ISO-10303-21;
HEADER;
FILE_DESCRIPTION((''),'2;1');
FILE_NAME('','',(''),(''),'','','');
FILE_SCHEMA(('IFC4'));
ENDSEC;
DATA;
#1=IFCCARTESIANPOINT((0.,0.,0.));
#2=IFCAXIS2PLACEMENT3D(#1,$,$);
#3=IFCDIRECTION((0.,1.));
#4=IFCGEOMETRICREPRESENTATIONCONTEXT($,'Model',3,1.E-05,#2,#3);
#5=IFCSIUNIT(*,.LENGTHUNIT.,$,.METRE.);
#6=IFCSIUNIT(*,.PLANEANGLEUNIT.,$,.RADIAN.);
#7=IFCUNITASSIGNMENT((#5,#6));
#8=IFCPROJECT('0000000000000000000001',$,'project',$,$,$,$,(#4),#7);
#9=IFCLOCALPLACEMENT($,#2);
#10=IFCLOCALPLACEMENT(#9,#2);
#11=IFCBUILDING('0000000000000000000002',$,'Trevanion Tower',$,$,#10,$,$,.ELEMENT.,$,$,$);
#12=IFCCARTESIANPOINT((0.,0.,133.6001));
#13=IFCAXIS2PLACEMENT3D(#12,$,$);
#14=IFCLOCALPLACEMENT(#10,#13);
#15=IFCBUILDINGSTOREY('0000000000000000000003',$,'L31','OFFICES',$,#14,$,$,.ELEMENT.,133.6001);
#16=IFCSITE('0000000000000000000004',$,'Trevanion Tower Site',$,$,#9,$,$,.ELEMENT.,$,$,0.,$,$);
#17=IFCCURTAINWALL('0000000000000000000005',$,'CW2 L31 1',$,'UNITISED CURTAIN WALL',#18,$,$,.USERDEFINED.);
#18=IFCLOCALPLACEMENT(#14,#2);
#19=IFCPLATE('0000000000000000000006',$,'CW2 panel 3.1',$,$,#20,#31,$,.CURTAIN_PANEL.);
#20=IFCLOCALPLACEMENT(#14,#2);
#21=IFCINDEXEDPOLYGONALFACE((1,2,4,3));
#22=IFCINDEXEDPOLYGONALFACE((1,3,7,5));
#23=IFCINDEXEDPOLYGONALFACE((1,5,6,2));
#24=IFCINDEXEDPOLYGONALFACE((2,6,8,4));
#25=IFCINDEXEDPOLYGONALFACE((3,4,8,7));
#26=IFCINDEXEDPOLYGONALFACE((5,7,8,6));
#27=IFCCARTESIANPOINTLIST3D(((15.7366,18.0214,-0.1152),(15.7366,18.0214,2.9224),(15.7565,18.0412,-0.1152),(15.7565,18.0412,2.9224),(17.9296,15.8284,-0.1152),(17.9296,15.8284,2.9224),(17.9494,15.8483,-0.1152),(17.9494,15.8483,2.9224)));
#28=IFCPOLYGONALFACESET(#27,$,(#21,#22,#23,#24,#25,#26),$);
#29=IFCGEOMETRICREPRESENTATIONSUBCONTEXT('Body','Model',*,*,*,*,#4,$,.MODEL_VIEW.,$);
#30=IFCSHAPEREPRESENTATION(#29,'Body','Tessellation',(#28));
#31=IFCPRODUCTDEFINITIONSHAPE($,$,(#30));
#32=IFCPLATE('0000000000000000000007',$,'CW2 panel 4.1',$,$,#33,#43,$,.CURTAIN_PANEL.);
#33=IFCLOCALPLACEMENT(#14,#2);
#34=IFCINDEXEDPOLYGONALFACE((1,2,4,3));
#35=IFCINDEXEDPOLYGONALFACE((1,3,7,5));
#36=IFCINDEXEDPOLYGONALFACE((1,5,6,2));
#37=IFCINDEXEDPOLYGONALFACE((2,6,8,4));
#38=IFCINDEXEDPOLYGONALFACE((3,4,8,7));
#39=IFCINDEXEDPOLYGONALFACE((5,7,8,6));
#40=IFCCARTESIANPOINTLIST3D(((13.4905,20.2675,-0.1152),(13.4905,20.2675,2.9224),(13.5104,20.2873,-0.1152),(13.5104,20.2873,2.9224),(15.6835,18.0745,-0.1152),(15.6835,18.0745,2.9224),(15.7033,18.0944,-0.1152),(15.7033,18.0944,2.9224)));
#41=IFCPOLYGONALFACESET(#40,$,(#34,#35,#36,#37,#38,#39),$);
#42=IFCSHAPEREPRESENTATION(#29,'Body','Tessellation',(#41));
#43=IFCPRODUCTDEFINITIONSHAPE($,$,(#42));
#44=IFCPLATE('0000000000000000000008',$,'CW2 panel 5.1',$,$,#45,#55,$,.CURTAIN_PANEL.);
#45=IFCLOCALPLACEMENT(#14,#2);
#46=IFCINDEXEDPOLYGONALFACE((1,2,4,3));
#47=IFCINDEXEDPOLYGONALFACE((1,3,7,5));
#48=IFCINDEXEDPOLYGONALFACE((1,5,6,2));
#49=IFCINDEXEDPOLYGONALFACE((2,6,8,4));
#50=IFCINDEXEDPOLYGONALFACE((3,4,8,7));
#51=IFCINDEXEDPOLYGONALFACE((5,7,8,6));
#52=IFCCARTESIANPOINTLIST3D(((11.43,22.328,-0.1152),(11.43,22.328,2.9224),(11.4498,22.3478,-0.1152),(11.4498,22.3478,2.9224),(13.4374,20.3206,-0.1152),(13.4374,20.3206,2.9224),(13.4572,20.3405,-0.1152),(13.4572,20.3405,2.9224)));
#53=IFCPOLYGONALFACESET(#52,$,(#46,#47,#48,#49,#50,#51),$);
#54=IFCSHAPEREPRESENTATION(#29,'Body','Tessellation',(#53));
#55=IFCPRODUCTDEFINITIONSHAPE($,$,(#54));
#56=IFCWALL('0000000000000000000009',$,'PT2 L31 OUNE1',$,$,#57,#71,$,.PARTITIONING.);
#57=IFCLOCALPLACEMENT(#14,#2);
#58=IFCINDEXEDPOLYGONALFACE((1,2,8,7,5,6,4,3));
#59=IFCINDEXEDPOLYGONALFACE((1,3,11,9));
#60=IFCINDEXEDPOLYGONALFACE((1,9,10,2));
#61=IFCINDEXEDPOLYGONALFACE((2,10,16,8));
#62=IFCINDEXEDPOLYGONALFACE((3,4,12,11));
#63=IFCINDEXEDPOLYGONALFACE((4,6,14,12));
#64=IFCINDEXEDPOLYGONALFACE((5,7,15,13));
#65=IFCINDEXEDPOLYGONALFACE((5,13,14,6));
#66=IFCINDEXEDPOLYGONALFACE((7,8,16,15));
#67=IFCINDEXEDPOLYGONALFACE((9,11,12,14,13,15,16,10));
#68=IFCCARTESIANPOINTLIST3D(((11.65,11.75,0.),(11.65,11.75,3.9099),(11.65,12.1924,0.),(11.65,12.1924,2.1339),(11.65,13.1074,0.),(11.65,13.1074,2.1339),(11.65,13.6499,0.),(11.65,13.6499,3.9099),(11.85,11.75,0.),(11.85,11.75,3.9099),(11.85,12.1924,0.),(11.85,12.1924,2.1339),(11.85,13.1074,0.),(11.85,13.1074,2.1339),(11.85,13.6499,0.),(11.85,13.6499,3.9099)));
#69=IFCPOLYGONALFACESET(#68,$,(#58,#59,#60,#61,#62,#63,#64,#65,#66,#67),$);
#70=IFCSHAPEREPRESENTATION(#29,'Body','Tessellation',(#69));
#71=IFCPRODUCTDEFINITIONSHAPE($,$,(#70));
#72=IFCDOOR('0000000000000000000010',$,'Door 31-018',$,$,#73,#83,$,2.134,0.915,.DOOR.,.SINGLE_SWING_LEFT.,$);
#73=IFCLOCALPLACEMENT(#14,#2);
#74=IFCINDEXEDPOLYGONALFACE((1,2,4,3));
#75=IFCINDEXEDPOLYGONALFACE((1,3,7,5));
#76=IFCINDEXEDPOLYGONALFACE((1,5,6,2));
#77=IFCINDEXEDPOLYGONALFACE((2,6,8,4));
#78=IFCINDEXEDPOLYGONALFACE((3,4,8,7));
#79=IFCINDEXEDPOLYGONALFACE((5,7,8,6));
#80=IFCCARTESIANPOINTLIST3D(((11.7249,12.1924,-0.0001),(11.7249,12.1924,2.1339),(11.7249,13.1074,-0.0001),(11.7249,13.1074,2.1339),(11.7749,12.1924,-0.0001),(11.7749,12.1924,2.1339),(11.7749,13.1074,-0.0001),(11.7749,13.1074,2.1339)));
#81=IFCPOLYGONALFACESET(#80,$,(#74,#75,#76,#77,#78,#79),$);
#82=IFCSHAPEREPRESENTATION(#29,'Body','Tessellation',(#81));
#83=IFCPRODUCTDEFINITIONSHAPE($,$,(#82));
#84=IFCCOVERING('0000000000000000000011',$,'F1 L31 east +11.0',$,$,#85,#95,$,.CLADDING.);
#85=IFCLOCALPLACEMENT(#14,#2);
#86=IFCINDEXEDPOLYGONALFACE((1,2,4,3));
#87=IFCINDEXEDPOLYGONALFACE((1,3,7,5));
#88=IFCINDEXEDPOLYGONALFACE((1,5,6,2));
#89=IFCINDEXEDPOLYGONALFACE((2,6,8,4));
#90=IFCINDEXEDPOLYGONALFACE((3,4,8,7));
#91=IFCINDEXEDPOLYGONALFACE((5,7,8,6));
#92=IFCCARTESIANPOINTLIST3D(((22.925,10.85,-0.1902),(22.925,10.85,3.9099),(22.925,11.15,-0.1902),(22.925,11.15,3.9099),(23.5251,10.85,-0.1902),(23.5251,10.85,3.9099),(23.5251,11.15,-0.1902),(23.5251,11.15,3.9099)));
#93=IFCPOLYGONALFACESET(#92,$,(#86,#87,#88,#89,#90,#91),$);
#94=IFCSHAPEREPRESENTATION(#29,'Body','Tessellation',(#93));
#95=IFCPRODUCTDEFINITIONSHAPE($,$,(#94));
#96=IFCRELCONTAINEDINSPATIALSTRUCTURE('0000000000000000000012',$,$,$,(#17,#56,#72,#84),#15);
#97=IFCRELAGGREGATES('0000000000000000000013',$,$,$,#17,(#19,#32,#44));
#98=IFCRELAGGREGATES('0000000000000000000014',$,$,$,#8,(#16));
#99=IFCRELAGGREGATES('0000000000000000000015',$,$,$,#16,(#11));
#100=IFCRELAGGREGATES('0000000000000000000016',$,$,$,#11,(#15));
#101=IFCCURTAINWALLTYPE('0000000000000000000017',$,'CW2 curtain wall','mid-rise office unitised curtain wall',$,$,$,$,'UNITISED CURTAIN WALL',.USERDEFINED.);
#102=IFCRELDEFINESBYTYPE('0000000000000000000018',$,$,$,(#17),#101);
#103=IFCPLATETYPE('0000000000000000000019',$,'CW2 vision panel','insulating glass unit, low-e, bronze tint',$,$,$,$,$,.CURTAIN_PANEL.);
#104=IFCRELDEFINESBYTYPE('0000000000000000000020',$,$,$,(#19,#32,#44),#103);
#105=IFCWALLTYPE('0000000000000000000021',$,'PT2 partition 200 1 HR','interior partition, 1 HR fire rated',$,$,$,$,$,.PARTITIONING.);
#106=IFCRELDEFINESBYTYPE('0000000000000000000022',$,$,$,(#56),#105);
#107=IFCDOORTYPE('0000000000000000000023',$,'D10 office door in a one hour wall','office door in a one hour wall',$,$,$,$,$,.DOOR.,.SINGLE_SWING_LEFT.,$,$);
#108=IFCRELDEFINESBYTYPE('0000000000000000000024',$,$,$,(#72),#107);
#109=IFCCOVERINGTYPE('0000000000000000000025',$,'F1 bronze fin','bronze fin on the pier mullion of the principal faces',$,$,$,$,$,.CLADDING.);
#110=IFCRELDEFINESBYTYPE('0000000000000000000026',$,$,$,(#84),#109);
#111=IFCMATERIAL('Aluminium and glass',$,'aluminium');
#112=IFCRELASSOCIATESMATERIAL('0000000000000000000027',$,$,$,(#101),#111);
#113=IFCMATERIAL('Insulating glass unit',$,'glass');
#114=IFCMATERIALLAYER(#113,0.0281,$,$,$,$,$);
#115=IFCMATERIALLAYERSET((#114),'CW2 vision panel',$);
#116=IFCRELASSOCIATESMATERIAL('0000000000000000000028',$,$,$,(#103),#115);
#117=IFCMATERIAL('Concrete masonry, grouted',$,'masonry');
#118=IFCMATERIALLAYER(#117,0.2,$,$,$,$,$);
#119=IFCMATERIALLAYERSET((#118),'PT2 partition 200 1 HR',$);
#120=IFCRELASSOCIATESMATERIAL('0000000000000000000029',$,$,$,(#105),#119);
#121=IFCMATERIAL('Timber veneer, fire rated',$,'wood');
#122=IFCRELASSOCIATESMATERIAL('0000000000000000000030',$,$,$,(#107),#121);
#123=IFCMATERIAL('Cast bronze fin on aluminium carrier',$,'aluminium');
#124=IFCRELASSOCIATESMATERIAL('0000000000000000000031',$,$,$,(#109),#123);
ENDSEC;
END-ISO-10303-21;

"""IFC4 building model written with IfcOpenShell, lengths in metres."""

from ifc_helpers import new_model, si_unit, direction, frame, frame_2d, origin, origin_2d, place, context, subcontext, project, spatial, rectangle, extrude, material, layer, layer_set, type_object, element, fill, aggregate, save


model = new_model("IFC4")

# Units and contexts
model_context = context("Model", 3, precision=1e-05, world=origin(), true_north=direction((0.0, 1.0)))
body_context = subcontext(model_context, "Body", "Model", "MODEL_VIEW")
ifc_project = project(units=[si_unit("LENGTHUNIT", "METRE"), si_unit("PLANEANGLEUNIT", "RADIAN")], contexts=[model_context])

# Site, building, storey
site_placement = place(None, origin())
site = spatial("IfcSite", under=ifc_project, at=site_placement, Name="Trevanion Tower Site", CompositionType="ELEMENT", RefElevation=0.0)
building_placement = place(site_placement, origin())
building = spatial("IfcBuilding", under=site, at=building_placement, Name="Trevanion Tower", CompositionType="ELEMENT")
storey_placement = place(building_placement, frame((0.0, 0.0, 133.6001)))
storey = spatial("IfcBuildingStorey", under=building, at=storey_placement, Name="L31", Description="OFFICES", CompositionType="ELEMENT", Elevation=133.6001)

# Curtain wall
ifc_material_1 = material(Name="Aluminium and glass", Category="aluminium")
curtain_wall_type = type_object("IfcCurtainWallType", Name="CW2 curtain wall", Description="mid-rise office unitised curtain wall", ElementType="UNITISED CURTAIN WALL", PredefinedType="USERDEFINED", material=ifc_material_1)
curtain_wall_1_placement = place(storey_placement, origin())
curtain_wall_1 = element("IfcCurtainWall", 1, at=curtain_wall_1_placement, inside=storey, type_object=curtain_wall_type, Name="CW2 L31 1", ObjectType="UNITISED CURTAIN WALL", PredefinedType="USERDEFINED")

# Plates
ifc_material_2 = material(Name="Insulating glass unit", Category="glass")
ifc_layer_1 = layer(ifc_material_2, 0.0281)
ifc_layer_set_1 = layer_set([ifc_layer_1], Name="CW2 vision panel")
plate_type_1 = type_object("IfcPlateType", Name="CW2 vision panel", Description="insulating glass unit, low-e, bronze tint", PredefinedType="CURTAIN_PANEL", material=ifc_layer_set_1)
plate_1_placement = place(storey_placement, frame((16.843, 16.9348, -0.1152), z_axis=(0.0, 0.0, 1.0), x_axis=(-0.707107, 0.707107, 0.0)))
plate_1 = element("IfcPlate", 2, at=plate_1_placement, type_object=plate_type_1, Name="CW2 panel 3.1", PredefinedType="CURTAIN_PANEL", context=body_context, shape_type="SweptSolid", body=[
    extrude(rectangle(XDim=3.1013, YDim=0.0281, at=origin_2d()), origin(), (0.0, 0.0, 1.0), 3.0376),
])
plate_2_placement = place(storey_placement, frame((14.5969, 19.1809, -0.1152), z_axis=(0.0, 0.0, 1.0), x_axis=(-0.707107, 0.707107, 0.0)))
plate_2 = element("IfcPlate", 3, at=plate_2_placement, type_object=plate_type_1, Name="CW2 panel 4.1", PredefinedType="CURTAIN_PANEL", context=body_context, shape_type="SweptSolid", body=[
    extrude(rectangle(XDim=3.1013, YDim=0.0281, at=origin_2d()), origin(), (0.0, 0.0, 1.0), 3.0376),
])
plate_3_placement = place(storey_placement, frame((12.4436, 21.3342, -0.1152), z_axis=(0.0, 0.0, 1.0), x_axis=(-0.707107, 0.707107, 0.0)))
plate_3 = element("IfcPlate", 4, at=plate_3_placement, type_object=plate_type_1, Name="CW2 panel 5.1", PredefinedType="CURTAIN_PANEL", context=body_context, shape_type="SweptSolid", body=[
    extrude(rectangle(XDim=2.8389, YDim=0.0281, at=origin_2d()), origin(), (0.0, 0.0, 1.0), 3.0376),
])
aggregate(curtain_wall_1, [plate_1, plate_2, plate_3])

# Wall, opening, door
ifc_material_3 = material(Name="Concrete masonry, grouted", Category="masonry")
ifc_layer_2 = layer(ifc_material_3, 0.2)
ifc_layer_set_2 = layer_set([ifc_layer_2], Name="PT2 partition 200 1 HR")
wall_type = type_object("IfcWallType", Name="PT2 partition 200 1 HR", Description="interior partition, 1 HR fire rated", PredefinedType="PARTITIONING", material=ifc_layer_set_2)
wall_placement = place(storey_placement, frame((11.75, 11.75, 0.0), z_axis=(0.0, 0.0, 1.0), x_axis=(0.0, 1.0, 0.0)))
wall = element("IfcWall", 5, at=wall_placement, inside=storey, type_object=wall_type, Name="PT2 L31 OUNE1", PredefinedType="PARTITIONING", context=body_context, shape_type="SweptSolid", body=[
    extrude(rectangle(XDim=1.8999, YDim=0.2, at=frame_2d((0.95, 0.0))), origin(), (0.0, 0.0, 1.0), 3.9099),
])
opening_placement = place(wall_placement, frame((0.4424, 0.0, 0.0)))
opening = element("IfcOpeningElement", 6, at=opening_placement, cuts=wall, PredefinedType="OPENING", context=body_context, shape_type="SweptSolid", body=[
    extrude(rectangle(XDim=0.915, YDim=2.134, at=frame_2d((0.4575, 1.0669))), frame((0.0, 0.1099, 0.0), z_axis=(0.0, -1.0, 0.0), x_axis=(1.0, 0.0, 0.0)), (0.0, 0.0, 1.0), 0.22),
])
ifc_material_4 = material(Name="Timber veneer, fire rated", Category="wood")
door_type = type_object("IfcDoorType", Name="D10 office door in a one hour wall", Description="office door in a one hour wall", OperationType="SINGLE_SWING_LEFT", PredefinedType="DOOR", material=ifc_material_4)
door_placement = place(opening_placement, frame((0.915, 0.0, 0.0), z_axis=(0.0, 0.0, 1.0), x_axis=(-1.0, 0.0, 0.0)))
door = element("IfcDoor", 7, at=door_placement, inside=storey, type_object=door_type, Name="Door 31-018", OperationType="SINGLE_SWING_LEFT", OverallHeight=2.134, OverallWidth=0.915, PredefinedType="DOOR", context=body_context, shape_type="SweptSolid", body=[
    extrude(rectangle(XDim=0.915, YDim=2.134, at=frame_2d((0.4575, 1.0669))), frame((0.0, 0.0249, 0.0), z_axis=(0.0, -1.0, 0.0), x_axis=(1.0, 0.0, 0.0)), (0.0, 0.0, 1.0), 0.05),
])
fill(opening, door)

# Covering
ifc_material_5 = material(Name="Cast bronze fin on aluminium carrier", Category="aluminium")
covering_type = type_object("IfcCoveringType", Name="F1 bronze fin", Description="bronze fin on the pier mullion of the principal faces", PredefinedType="CLADDING", material=ifc_material_5)
covering_placement = place(storey_placement, frame((23.2251, 11.0, -0.1902), z_axis=(0.0, 0.0, 1.0), x_axis=(0.0, 1.0, 0.0)))
element("IfcCovering", 8, at=covering_placement, inside=storey, type_object=covering_type, Name="F1 L31 east +11.0", PredefinedType="CLADDING", context=body_context, shape_type="SweptSolid", body=[
    extrude(rectangle(XDim=0.3, YDim=0.6001, at=origin_2d()), origin(), (0.0, 0.0, 1.0), 4.1001),
])

save(model, "model.ifc")
